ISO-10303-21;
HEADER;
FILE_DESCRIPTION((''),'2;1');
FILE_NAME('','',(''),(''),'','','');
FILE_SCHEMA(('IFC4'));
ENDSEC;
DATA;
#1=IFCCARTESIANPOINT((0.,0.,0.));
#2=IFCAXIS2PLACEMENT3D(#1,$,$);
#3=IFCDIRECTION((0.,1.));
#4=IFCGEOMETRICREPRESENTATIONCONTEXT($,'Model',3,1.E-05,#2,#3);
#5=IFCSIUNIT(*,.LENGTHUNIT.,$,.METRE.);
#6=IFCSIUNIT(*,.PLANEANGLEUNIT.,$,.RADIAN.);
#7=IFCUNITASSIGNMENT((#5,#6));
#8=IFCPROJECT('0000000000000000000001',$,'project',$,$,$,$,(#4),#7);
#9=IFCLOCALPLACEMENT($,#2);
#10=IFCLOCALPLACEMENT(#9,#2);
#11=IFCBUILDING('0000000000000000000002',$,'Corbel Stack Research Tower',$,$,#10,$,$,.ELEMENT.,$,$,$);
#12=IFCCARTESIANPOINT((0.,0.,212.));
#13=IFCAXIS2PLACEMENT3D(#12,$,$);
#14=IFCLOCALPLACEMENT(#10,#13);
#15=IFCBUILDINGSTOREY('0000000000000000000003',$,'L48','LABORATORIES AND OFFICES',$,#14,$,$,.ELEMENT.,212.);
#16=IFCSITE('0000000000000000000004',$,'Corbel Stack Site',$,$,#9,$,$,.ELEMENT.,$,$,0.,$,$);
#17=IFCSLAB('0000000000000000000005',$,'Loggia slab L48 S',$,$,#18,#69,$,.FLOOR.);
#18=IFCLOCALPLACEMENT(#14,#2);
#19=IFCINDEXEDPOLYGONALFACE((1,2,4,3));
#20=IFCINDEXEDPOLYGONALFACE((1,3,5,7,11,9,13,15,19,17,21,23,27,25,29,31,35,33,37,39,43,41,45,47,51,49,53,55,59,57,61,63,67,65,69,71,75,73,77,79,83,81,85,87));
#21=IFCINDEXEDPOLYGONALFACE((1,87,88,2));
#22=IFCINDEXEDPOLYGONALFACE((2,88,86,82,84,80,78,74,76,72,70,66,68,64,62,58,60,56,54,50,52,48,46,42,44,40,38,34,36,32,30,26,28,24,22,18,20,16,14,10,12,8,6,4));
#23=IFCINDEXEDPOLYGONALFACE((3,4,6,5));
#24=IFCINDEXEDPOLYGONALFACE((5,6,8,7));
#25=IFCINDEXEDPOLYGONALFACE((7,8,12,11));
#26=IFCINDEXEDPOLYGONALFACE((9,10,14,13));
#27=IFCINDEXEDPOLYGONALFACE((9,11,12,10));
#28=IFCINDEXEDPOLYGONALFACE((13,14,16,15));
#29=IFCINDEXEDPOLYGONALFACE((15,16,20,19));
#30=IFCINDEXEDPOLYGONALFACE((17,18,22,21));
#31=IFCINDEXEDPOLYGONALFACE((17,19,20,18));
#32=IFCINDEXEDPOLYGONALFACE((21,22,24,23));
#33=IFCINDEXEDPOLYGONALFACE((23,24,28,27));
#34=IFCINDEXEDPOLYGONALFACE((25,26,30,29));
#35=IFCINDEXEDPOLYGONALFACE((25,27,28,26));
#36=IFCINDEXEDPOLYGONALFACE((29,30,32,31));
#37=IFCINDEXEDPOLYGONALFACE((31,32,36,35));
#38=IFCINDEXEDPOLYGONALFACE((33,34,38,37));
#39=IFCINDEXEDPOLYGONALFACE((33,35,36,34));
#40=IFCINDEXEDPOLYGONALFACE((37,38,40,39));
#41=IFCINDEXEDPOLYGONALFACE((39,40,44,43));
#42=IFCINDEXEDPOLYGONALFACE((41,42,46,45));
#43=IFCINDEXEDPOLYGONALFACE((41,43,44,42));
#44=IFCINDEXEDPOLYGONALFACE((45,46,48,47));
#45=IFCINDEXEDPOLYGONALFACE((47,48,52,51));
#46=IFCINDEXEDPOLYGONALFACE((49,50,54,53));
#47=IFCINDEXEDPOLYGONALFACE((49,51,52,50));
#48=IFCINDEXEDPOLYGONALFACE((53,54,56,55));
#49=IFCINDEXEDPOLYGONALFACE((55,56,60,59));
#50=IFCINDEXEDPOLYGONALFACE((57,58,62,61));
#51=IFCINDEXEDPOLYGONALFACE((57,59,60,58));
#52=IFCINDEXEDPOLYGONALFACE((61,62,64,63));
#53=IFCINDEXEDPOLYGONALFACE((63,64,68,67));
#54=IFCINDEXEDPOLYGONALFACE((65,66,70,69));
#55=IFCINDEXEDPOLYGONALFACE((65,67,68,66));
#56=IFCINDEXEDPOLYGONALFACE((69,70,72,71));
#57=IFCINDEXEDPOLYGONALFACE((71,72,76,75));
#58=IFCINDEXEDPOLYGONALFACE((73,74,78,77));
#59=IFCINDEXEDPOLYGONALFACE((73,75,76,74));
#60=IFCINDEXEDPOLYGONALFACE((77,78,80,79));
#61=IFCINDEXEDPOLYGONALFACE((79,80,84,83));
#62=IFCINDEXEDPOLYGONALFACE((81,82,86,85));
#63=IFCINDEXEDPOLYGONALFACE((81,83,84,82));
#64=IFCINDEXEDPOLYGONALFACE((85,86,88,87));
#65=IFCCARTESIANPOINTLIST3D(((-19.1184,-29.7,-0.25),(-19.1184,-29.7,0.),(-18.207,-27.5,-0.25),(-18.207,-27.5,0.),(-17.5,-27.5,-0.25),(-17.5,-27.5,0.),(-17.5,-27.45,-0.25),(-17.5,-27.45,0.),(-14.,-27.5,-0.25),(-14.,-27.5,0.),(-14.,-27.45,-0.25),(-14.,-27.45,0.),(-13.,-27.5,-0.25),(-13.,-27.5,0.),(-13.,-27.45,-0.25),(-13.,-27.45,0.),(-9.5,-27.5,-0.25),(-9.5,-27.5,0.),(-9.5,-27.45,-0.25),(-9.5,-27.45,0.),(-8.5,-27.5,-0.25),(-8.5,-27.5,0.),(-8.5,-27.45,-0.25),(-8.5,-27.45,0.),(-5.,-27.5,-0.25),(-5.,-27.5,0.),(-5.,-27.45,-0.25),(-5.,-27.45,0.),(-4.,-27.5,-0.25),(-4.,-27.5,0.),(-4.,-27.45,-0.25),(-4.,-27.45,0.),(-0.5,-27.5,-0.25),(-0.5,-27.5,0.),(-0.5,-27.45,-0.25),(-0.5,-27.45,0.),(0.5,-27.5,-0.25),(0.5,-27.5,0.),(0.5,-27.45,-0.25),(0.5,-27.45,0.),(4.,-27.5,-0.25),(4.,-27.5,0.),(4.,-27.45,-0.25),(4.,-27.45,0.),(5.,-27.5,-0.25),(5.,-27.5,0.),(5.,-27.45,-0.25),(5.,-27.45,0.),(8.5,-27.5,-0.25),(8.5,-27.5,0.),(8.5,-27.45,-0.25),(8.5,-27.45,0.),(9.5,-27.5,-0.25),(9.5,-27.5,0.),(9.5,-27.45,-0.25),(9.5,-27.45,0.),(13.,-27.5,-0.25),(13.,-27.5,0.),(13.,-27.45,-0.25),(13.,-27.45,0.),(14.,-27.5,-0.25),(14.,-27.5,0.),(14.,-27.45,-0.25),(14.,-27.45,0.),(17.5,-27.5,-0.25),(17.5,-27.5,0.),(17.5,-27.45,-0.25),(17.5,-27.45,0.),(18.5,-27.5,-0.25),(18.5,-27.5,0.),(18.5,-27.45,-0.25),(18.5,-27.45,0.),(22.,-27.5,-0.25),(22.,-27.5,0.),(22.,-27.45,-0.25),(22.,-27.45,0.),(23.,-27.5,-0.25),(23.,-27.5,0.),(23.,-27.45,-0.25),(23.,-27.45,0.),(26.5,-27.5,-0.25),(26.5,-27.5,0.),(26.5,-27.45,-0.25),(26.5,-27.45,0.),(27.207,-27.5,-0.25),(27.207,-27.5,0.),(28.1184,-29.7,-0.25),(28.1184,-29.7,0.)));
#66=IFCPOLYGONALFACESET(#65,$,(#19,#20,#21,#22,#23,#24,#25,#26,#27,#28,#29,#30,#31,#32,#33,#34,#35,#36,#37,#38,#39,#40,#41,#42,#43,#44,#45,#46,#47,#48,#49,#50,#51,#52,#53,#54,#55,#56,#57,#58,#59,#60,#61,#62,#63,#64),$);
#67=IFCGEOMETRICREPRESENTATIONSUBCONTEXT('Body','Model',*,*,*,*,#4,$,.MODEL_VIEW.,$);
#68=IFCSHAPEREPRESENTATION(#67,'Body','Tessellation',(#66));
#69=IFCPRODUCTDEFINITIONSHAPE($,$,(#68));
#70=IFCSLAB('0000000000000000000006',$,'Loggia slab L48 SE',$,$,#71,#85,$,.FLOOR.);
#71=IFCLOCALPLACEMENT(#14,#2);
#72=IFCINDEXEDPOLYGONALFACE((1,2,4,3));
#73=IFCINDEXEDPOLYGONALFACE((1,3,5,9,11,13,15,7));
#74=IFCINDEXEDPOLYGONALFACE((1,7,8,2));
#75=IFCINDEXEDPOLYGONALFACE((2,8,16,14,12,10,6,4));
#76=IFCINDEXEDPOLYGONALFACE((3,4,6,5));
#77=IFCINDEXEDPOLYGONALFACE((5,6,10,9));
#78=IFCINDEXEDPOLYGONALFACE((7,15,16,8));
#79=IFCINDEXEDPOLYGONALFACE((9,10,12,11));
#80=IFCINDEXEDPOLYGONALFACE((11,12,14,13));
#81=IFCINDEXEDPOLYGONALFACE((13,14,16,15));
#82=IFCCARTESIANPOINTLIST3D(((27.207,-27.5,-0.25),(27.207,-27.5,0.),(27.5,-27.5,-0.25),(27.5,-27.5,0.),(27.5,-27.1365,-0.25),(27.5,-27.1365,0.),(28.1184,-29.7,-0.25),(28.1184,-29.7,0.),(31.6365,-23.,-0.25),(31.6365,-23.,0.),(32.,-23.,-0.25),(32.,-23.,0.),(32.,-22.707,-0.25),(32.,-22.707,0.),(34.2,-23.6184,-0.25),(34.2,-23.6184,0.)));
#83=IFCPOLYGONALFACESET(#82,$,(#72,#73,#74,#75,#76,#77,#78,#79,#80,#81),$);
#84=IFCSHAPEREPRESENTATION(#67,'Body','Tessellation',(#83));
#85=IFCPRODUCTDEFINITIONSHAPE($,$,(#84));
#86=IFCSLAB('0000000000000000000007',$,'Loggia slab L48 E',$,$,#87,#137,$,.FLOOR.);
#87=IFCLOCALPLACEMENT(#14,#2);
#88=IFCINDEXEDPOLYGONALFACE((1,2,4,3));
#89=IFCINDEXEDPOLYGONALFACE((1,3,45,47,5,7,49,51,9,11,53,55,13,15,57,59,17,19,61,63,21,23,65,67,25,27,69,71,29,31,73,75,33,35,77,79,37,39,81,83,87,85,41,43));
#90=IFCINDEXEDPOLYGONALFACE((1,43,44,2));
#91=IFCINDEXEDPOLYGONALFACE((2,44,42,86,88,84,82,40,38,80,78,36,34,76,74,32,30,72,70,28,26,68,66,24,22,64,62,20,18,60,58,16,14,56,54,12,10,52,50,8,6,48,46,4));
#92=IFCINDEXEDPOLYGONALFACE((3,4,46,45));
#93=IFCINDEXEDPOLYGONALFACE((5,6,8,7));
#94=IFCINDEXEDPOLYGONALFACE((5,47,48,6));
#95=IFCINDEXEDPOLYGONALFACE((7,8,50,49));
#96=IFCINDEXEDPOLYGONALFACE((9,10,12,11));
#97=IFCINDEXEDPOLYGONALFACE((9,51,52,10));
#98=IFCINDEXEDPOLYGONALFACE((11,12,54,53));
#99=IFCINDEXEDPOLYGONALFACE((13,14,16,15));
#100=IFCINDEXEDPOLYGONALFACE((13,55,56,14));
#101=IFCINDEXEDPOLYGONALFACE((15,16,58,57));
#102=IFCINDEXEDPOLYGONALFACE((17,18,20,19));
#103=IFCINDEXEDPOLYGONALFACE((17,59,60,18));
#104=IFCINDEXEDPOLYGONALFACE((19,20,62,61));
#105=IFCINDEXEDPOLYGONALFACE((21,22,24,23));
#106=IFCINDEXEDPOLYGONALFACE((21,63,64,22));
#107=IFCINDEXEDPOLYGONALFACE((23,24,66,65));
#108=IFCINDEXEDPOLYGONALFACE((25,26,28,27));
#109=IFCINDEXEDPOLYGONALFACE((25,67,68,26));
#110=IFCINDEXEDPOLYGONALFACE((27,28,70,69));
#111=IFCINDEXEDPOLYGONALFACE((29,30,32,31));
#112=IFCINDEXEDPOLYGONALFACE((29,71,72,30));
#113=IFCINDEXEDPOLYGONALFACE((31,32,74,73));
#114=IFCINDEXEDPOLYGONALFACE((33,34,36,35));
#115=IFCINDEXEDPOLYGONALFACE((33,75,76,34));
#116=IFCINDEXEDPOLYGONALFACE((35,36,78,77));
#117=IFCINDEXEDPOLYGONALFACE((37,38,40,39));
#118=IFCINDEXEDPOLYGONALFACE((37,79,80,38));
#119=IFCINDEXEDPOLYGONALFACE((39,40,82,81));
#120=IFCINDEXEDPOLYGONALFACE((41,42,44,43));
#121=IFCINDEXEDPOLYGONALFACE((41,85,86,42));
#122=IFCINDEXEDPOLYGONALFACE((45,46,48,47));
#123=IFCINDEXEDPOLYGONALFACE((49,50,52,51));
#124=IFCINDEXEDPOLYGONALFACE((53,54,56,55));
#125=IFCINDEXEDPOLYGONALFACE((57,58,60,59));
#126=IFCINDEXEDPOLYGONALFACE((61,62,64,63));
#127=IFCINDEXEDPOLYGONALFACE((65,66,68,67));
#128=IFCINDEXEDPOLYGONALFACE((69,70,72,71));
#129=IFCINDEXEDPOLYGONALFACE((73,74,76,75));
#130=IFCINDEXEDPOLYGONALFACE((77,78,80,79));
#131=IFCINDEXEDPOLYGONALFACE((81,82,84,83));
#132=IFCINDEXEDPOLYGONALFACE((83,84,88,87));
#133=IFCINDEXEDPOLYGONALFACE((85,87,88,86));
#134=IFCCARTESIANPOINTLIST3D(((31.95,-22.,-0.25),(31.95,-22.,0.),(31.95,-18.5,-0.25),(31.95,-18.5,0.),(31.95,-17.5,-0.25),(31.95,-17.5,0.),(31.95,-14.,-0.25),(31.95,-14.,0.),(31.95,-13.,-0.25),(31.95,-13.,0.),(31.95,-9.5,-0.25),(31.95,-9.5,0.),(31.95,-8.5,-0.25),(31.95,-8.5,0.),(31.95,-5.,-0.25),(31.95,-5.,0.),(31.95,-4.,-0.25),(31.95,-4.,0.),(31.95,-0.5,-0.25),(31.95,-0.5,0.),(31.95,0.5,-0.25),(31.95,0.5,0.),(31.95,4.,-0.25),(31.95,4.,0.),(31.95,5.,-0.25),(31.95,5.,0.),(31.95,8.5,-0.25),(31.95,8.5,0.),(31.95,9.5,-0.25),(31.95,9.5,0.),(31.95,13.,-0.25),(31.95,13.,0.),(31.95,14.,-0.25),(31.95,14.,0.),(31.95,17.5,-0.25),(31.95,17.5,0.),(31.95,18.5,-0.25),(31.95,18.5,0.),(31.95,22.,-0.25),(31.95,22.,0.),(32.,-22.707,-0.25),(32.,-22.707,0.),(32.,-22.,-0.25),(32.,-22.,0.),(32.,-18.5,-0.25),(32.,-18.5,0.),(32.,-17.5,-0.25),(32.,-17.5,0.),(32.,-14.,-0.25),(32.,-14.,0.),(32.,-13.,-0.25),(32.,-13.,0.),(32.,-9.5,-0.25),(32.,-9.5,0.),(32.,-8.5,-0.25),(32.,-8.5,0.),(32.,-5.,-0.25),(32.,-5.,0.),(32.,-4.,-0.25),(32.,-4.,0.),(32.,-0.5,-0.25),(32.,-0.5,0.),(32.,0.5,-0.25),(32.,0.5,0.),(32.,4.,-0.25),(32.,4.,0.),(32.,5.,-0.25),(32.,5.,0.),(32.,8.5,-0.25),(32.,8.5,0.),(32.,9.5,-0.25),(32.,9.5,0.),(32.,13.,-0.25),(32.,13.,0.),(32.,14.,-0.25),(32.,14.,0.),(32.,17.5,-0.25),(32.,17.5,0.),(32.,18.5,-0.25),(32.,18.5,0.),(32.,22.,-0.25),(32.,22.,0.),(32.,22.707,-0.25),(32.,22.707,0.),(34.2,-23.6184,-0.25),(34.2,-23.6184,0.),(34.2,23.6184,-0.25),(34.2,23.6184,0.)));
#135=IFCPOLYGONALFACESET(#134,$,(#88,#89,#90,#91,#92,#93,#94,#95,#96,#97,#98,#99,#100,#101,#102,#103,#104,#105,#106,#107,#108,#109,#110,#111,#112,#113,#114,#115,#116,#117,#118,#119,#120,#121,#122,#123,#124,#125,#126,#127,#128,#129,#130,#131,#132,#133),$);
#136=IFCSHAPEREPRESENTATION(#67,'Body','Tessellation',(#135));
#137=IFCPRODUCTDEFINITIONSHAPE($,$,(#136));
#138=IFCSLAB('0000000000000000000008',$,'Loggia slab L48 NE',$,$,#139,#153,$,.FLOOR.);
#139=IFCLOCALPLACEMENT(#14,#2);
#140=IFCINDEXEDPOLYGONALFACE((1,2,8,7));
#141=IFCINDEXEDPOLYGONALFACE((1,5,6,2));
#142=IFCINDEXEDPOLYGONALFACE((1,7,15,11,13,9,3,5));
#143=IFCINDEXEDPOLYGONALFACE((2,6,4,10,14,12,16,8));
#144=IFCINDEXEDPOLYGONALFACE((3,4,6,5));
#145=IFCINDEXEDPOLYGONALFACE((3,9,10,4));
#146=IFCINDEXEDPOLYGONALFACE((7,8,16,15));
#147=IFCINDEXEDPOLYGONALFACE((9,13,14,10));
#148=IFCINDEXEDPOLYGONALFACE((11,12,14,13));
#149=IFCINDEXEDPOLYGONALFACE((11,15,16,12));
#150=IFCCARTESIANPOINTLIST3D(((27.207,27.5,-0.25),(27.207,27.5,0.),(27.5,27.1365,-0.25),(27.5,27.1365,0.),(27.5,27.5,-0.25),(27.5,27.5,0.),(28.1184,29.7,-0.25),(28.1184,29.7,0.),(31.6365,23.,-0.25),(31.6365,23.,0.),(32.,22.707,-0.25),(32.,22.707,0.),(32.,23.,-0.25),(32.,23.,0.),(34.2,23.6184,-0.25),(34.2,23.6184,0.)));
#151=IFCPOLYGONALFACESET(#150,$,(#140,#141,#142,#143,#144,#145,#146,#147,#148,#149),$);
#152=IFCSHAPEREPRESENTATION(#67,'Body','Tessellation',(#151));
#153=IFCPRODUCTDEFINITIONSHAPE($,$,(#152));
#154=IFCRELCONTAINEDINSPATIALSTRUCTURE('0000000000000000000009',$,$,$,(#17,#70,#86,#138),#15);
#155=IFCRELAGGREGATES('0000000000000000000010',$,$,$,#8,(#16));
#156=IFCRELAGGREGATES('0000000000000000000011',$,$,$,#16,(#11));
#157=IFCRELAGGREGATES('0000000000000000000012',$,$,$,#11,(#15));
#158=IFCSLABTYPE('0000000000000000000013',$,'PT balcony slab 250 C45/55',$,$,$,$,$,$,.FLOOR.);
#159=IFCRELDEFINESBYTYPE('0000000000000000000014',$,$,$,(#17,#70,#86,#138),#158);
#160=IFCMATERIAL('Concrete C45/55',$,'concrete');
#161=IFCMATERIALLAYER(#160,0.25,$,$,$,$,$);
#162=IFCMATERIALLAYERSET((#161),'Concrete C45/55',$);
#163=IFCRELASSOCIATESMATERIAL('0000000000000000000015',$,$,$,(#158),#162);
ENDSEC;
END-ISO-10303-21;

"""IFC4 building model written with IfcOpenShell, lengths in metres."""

from ifc_helpers import new_model, si_unit, direction, frame, origin, place, context, subcontext, project, spatial, polyline, outline, extrude, material, layer, layer_set, type_object, element, save


model = new_model("IFC4")

# Units and contexts
model_context = context("Model", 3, precision=1e-05, world=origin(), true_north=direction((0.0, 1.0)))
body_context = subcontext(model_context, "Body", "Model", "MODEL_VIEW")
ifc_project = project(units=[si_unit("LENGTHUNIT", "METRE"), si_unit("PLANEANGLEUNIT", "RADIAN")], contexts=[model_context])

# Site, building, storey
site_placement = place(None, origin())
site = spatial("IfcSite", under=ifc_project, at=site_placement, Name="Corbel Stack Site", CompositionType="ELEMENT", RefElevation=0.0)
building_placement = place(site_placement, origin())
building = spatial("IfcBuilding", under=site, at=building_placement, Name="Corbel Stack Research Tower", CompositionType="ELEMENT")
storey_placement = place(building_placement, frame((0.0, 0.0, 212.0)))
storey = spatial("IfcBuildingStorey", under=building, at=storey_placement, Name="L48", Description="LABORATORIES AND OFFICES", CompositionType="ELEMENT", Elevation=212.0)

# Slabs
ifc_material_1 = material(Name="Concrete C45/55", Category="concrete")
ifc_layer_1 = layer(ifc_material_1, 0.25)
ifc_layer_set_1 = layer_set([ifc_layer_1], Name="Concrete C45/55")
slab_type_1 = type_object("IfcSlabType", Name="PT balcony slab 250 C45/55", PredefinedType="FLOOR", material=ifc_layer_set_1)
slab_1_placement = place(storey_placement, frame((0.0, 0.0, -0.25)))
element("IfcSlab", 1, at=slab_1_placement, inside=storey, type_object=slab_type_1, Name="Loggia slab L48 S", PredefinedType="FLOOR", context=body_context, shape_type="SweptSolid", body=[
    extrude(outline(polyline([(27.207, -27.5), (26.5, -27.5), (26.5, -27.45), (23.0, -27.45), (23.0, -27.5), (22.0, -27.5), (22.0, -27.45), (18.5, -27.45), (18.5, -27.5), (17.5, -27.5), (17.5, -27.45), (14.0, -27.45), (14.0, -27.5), (13.0, -27.5), (13.0, -27.45), (9.5, -27.45), (9.5, -27.5), (8.5, -27.5), (8.5, -27.45), (5.0, -27.45), (5.0, -27.5), (4.0, -27.5), (4.0, -27.45), (0.5, -27.45), (0.5, -27.5), (-0.5, -27.5), (-0.5, -27.45), (-4.0, -27.45), (-4.0, -27.5), (-5.0, -27.5), (-5.0, -27.45), (-8.5, -27.45), (-8.5, -27.5), (-9.5, -27.5), (-9.5, -27.45), (-13.0, -27.45), (-13.0, -27.5), (-14.0, -27.5), (-14.0, -27.45), (-17.5, -27.45), (-17.5, -27.5), (-18.207, -27.5), (-19.1184, -29.7), (28.1184, -29.7), (27.207, -27.5)])), origin(), (0.0, 0.0, 1.0), 0.25),
])
slab_2_placement = place(storey_placement, frame((0.0, 0.0, -0.25)))
element("IfcSlab", 2, at=slab_2_placement, inside=storey, type_object=slab_type_1, Name="Loggia slab L48 SE", PredefinedType="FLOOR", context=body_context, shape_type="SweptSolid", body=[
    extrude(outline(polyline([(32.0, -22.707), (32.0, -23.0), (31.6365, -23.0), (27.5, -27.1365), (27.5, -27.5), (27.207, -27.5), (28.1184, -29.7), (34.2, -23.6184), (32.0, -22.707)])), origin(), (0.0, 0.0, 1.0), 0.25),
])
slab_3_placement = place(storey_placement, frame((0.0, 0.0, -0.25)))
element("IfcSlab", 3, at=slab_3_placement, inside=storey, type_object=slab_type_1, Name="Loggia slab L48 E", PredefinedType="FLOOR", context=body_context, shape_type="SweptSolid", body=[
    extrude(outline(polyline([(32.0, 22.707), (32.0, 22.0), (31.95, 22.0), (31.95, 18.5), (32.0, 18.5), (32.0, 17.5), (31.95, 17.5), (31.95, 14.0), (32.0, 14.0), (32.0, 13.0), (31.95, 13.0), (31.95, 9.5), (32.0, 9.5), (32.0, 8.5), (31.95, 8.5), (31.95, 5.0), (32.0, 5.0), (32.0, 4.0), (31.95, 4.0), (31.95, 0.5), (32.0, 0.5), (32.0, -0.5), (31.95, -0.5), (31.95, -4.0), (32.0, -4.0), (32.0, -5.0), (31.95, -5.0), (31.95, -8.5), (32.0, -8.5), (32.0, -9.5), (31.95, -9.5), (31.95, -13.0), (32.0, -13.0), (32.0, -14.0), (31.95, -14.0), (31.95, -17.5), (32.0, -17.5), (32.0, -18.5), (31.95, -18.5), (31.95, -22.0), (32.0, -22.0), (32.0, -22.707), (34.2, -23.6184), (34.2, 23.6184), (32.0, 22.707)])), origin(), (0.0, 0.0, 1.0), 0.25),
])
slab_4_placement = place(storey_placement, frame((0.0, 0.0, -0.25)))
element("IfcSlab", 4, at=slab_4_placement, inside=storey, type_object=slab_type_1, Name="Loggia slab L48 NE", PredefinedType="FLOOR", context=body_context, shape_type="SweptSolid", body=[
    extrude(outline(polyline([(27.207, 27.5), (27.5, 27.5), (27.5, 27.1365), (31.6365, 23.0), (32.0, 23.0), (32.0, 22.707), (34.2, 23.6184), (28.1184, 29.7), (27.207, 27.5)])), origin(), (0.0, 0.0, 1.0), 0.25),
])

save(model, "model.ifc")
